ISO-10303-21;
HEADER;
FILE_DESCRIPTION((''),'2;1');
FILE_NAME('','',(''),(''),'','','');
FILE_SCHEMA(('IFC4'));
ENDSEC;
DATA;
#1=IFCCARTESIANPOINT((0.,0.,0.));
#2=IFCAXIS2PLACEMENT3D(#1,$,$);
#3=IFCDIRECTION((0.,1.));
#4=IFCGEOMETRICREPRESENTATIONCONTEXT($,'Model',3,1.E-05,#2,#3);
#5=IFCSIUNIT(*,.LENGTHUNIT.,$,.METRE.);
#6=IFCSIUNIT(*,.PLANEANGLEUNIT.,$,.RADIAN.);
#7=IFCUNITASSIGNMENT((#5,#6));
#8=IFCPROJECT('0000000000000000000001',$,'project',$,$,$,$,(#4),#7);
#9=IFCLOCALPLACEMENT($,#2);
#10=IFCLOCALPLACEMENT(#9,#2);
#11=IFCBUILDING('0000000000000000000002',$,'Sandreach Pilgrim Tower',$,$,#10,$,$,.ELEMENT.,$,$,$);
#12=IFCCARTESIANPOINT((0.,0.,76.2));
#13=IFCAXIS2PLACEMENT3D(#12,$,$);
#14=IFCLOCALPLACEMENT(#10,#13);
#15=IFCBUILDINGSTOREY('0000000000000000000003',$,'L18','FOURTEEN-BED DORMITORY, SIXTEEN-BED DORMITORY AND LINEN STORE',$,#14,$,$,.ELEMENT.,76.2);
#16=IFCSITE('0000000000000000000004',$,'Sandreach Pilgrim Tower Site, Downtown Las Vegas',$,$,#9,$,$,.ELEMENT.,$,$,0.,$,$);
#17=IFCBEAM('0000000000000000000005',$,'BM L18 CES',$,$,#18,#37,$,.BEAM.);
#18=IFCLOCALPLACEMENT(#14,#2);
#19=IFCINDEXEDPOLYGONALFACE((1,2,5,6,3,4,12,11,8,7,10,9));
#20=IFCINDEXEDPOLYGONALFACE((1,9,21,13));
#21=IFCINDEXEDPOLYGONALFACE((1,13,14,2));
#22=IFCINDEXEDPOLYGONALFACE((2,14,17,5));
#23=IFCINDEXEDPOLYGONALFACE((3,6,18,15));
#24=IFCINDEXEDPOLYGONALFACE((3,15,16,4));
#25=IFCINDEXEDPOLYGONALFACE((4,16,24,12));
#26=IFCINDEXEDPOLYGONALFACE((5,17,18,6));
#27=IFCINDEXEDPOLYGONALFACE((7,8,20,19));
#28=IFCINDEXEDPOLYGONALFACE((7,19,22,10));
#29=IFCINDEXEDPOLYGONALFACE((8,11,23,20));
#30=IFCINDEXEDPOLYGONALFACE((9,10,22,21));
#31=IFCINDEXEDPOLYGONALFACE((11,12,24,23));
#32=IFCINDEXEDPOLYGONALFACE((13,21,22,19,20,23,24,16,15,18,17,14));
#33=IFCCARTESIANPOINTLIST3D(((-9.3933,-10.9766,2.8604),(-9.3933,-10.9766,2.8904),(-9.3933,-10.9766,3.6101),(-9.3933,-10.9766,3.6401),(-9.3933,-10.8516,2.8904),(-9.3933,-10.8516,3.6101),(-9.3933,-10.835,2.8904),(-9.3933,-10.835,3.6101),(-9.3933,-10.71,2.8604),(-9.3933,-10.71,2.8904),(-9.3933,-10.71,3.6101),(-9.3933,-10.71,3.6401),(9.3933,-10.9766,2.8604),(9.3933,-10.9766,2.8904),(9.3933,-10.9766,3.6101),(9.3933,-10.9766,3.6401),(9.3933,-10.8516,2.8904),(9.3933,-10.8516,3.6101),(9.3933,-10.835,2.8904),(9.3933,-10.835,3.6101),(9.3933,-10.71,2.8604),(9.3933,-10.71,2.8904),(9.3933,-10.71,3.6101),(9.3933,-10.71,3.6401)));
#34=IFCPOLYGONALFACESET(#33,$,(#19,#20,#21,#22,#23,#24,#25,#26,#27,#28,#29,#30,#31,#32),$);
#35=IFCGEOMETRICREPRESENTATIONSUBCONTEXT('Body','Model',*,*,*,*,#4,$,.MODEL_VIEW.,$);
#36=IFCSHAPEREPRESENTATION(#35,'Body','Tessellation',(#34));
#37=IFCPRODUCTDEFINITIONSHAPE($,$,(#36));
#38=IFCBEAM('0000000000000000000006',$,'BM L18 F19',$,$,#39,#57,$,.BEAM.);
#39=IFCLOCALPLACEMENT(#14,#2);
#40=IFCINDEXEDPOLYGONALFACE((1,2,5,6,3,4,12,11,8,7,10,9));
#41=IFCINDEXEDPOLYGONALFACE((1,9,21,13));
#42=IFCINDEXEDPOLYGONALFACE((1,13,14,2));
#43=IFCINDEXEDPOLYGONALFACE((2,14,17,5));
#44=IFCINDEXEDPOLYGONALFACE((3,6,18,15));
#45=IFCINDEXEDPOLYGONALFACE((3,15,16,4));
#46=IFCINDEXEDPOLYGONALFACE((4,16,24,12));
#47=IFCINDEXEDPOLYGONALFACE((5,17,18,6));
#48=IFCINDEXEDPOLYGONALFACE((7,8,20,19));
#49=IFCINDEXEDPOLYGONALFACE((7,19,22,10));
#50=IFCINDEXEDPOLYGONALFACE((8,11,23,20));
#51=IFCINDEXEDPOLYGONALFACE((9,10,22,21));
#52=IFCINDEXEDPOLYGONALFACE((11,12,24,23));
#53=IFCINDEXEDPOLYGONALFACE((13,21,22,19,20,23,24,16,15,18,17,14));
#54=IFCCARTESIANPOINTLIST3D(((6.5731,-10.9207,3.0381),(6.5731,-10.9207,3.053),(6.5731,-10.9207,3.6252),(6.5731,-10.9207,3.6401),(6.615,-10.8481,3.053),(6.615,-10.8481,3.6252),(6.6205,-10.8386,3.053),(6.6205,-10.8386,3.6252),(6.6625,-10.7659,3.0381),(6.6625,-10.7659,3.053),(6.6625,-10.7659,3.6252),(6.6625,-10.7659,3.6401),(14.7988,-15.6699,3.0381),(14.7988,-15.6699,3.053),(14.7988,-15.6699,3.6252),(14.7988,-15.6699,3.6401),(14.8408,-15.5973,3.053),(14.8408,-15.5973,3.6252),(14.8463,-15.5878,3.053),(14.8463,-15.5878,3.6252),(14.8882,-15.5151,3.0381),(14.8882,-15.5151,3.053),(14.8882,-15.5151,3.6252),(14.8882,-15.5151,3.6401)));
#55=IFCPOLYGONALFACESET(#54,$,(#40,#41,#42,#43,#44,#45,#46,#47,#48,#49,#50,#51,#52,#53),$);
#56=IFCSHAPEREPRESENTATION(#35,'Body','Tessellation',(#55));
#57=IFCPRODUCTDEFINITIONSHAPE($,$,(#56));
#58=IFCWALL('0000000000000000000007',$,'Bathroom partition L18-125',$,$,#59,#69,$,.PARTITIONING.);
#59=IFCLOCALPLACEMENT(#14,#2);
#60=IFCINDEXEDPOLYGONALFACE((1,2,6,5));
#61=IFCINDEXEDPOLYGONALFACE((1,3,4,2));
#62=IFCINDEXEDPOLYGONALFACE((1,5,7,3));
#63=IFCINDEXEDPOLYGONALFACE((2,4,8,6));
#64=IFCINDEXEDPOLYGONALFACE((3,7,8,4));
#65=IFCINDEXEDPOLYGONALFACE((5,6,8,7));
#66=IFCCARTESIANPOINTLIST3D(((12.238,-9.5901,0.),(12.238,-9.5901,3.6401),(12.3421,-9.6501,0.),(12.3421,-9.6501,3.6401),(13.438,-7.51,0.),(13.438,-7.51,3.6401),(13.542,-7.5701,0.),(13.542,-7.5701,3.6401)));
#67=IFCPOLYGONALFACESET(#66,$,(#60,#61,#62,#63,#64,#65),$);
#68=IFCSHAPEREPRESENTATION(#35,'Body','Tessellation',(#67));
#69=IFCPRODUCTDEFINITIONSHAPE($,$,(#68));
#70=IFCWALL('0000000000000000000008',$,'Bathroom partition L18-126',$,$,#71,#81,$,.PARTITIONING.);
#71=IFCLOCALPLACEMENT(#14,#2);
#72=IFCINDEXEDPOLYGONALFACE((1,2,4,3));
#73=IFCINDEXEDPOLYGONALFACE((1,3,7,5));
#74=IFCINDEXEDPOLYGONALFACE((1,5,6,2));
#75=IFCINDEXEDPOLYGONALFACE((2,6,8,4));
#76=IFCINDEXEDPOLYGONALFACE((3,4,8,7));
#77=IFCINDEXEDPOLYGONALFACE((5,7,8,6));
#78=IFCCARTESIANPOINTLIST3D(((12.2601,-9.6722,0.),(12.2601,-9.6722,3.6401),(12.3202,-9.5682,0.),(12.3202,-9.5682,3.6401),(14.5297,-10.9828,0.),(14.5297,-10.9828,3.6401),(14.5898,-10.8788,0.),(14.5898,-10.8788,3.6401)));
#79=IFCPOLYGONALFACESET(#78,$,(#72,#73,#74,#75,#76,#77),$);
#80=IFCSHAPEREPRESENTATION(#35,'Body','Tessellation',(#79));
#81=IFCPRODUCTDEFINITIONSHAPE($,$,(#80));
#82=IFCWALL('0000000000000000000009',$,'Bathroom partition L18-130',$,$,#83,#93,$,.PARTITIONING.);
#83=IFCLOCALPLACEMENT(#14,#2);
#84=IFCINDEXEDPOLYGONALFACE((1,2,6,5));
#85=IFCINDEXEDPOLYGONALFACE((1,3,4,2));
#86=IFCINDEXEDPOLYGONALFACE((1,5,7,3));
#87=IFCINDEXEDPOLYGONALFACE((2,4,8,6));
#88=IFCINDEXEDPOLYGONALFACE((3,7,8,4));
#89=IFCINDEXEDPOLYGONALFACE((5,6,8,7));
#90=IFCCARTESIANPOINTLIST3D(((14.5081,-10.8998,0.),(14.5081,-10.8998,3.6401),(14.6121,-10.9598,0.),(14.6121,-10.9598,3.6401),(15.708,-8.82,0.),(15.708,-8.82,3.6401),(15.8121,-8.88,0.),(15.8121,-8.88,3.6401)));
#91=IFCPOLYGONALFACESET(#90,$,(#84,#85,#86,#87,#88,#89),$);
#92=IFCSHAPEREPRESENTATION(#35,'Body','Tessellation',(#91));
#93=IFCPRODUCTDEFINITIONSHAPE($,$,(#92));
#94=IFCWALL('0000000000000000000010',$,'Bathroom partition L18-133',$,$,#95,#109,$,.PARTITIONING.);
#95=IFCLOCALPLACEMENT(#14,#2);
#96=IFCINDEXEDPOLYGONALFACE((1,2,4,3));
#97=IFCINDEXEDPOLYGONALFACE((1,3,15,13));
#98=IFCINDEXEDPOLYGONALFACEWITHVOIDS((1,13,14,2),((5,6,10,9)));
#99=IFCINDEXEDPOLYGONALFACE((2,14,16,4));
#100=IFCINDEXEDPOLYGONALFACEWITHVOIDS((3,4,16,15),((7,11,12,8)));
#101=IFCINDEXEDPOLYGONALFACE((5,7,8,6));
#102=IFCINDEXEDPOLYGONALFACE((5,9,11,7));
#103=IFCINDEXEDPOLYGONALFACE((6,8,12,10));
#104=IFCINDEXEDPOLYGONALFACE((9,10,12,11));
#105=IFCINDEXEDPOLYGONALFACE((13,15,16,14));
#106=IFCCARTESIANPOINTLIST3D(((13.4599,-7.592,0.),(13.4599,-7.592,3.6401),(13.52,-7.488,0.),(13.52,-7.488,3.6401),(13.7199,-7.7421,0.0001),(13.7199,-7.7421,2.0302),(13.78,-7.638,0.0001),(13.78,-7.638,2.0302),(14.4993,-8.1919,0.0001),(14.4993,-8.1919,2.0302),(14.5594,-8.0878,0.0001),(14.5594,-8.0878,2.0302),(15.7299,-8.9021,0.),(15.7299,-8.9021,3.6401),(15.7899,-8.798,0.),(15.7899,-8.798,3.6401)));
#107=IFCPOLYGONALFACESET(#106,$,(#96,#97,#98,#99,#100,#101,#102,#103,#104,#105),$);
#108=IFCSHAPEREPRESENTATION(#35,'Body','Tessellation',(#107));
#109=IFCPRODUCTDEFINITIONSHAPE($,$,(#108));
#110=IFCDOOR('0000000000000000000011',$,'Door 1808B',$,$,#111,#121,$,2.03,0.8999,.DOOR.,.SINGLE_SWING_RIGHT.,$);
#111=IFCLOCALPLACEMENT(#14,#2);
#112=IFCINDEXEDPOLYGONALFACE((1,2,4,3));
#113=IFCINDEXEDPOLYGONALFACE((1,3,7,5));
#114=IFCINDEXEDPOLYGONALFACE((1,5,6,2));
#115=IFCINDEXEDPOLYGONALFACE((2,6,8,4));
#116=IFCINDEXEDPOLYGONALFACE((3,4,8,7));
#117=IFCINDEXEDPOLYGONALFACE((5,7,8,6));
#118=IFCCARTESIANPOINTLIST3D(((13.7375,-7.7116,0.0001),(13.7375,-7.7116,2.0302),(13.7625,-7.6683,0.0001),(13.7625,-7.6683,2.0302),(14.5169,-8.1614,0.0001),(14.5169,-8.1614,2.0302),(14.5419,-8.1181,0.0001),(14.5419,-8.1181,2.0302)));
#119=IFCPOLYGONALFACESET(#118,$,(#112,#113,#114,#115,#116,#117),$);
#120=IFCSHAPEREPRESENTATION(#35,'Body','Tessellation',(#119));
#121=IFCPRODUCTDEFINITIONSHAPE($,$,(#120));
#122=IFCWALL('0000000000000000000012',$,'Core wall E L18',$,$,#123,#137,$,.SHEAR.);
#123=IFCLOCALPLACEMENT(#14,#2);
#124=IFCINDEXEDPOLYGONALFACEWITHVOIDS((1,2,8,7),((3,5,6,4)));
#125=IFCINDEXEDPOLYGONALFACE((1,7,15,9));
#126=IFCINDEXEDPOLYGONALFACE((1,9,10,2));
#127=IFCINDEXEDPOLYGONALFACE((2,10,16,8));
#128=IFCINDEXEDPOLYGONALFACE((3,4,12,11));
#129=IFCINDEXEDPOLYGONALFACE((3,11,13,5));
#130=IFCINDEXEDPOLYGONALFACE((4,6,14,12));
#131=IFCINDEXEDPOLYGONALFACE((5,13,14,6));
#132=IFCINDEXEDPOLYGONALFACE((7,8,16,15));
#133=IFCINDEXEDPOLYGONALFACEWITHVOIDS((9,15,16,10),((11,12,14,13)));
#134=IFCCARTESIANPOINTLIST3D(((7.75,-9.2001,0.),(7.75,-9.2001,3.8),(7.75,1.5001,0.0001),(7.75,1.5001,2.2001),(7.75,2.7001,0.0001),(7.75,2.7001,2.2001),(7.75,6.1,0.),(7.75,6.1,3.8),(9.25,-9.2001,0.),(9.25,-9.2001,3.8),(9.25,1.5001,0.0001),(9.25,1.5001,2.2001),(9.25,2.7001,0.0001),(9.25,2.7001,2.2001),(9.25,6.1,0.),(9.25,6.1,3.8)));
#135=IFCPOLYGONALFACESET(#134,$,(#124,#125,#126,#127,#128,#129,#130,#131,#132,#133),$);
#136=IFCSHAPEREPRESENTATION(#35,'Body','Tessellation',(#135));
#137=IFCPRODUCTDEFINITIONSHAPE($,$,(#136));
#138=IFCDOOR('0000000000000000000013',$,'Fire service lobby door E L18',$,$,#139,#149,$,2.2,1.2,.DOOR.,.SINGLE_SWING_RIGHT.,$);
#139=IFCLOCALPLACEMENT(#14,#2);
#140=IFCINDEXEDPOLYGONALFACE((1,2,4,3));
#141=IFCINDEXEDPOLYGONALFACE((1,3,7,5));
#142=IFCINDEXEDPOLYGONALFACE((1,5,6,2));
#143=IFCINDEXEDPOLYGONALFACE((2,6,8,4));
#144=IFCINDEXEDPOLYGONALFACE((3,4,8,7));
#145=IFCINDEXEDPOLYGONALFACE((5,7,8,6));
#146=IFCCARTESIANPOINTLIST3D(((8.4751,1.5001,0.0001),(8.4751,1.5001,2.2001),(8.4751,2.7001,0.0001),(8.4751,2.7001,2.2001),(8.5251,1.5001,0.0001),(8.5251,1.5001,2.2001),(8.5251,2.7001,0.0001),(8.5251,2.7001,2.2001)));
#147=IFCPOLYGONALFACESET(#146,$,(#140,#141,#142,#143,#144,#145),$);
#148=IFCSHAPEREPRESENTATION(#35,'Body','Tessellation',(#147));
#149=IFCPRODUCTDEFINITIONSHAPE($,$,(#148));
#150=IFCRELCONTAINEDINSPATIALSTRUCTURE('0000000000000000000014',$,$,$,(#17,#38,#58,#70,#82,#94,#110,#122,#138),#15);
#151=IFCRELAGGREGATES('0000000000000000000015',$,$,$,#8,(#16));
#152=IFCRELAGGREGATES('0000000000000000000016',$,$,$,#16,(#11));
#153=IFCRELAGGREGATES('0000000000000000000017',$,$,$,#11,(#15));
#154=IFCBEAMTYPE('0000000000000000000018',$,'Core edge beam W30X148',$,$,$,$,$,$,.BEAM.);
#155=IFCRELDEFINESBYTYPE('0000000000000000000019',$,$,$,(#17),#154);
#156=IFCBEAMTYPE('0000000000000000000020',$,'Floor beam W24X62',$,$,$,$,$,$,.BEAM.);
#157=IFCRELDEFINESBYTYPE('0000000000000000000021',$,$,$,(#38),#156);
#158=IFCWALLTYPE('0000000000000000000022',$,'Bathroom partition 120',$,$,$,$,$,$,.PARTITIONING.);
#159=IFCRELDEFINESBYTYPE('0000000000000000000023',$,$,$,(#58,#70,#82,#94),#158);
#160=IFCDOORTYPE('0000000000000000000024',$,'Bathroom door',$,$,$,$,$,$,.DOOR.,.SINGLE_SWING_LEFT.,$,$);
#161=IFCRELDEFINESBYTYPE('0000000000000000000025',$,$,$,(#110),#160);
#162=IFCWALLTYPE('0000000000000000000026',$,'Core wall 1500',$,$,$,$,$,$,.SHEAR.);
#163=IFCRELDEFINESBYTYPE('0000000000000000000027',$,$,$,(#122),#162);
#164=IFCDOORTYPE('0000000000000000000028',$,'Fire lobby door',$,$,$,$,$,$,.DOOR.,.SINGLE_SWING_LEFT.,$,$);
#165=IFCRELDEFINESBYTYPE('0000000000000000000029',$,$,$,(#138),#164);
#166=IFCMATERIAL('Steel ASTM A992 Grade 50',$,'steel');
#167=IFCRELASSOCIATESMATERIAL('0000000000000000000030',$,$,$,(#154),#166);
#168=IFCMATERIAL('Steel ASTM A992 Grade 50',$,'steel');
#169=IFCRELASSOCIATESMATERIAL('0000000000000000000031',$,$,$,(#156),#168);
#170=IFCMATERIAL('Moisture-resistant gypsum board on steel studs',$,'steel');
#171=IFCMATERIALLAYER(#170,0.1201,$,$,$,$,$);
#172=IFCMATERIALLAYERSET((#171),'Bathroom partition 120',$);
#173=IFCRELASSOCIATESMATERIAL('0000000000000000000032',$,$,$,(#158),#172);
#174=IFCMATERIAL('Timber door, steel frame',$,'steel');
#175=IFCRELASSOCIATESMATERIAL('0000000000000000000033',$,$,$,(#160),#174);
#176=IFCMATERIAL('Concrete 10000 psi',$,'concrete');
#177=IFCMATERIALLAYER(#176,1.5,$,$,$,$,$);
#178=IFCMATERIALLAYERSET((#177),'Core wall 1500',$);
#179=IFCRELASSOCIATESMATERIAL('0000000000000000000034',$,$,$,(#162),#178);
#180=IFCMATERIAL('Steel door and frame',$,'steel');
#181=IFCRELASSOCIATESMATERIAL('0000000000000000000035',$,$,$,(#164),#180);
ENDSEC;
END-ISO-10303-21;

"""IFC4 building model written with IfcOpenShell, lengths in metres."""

from ifc_helpers import new_model, si_unit, direction, frame, frame_2d, origin, origin_2d, place, context, subcontext, project, spatial, rectangle, i_section, extrude, material, layer, layer_set, material_profile, profile_set, type_object, element, fill, save


model = new_model("IFC4")

# Units and contexts
model_context = context("Model", 3, precision=1e-05, world=origin(), true_north=direction((0.0, 1.0)))
body_context = subcontext(model_context, "Body", "Model", "MODEL_VIEW")
ifc_project = project(units=[si_unit("LENGTHUNIT", "METRE"), si_unit("PLANEANGLEUNIT", "RADIAN")], contexts=[model_context])

# Site, building, storey
site_placement = place(None, origin())
site = spatial("IfcSite", under=ifc_project, at=site_placement, Name="Sandreach Pilgrim Tower Site, Downtown Las Vegas", CompositionType="ELEMENT", RefElevation=0.0)
building_placement = place(site_placement, origin())
building = spatial("IfcBuilding", under=site, at=building_placement, Name="Sandreach Pilgrim Tower", CompositionType="ELEMENT")
storey_placement = place(building_placement, frame((0.0, 0.0, 76.2)))
storey = spatial("IfcBuildingStorey", under=building, at=storey_placement, Name="L18", Description="FOURTEEN-BED DORMITORY, SIXTEEN-BED DORMITORY AND LINEN STORE", CompositionType="ELEMENT", Elevation=76.2)

# Beams
ifc_material_1 = material(Name="Steel ASTM A992 Grade 50", Category="steel")
ifc_material_profile_1 = material_profile(ifc_material_1, i_section(OverallWidth=0.2666, OverallDepth=0.7798, WebThickness=0.0166, FlangeThickness=0.03, at=origin_2d()), Name="W30X148")
ifc_profile_set_1 = profile_set([ifc_material_profile_1], Name="Steel ASTM A992 Grade 50")
beam_type_1 = type_object("IfcBeamType", Name="Core edge beam W30X148", PredefinedType="BEAM", material=ifc_profile_set_1)
beam_1_placement = place(storey_placement, frame((9.3933, -10.8433, 3.2502), z_axis=(-1.0, 0.0, 0.0), x_axis=(0.0, -1.0, 0.0)))
element("IfcBeam", 1, at=beam_1_placement, inside=storey, type_object=beam_type_1, Name="BM L18 CES", PredefinedType="BEAM", context=body_context, shape_type="SweptSolid", body=[
    extrude(i_section(OverallWidth=0.2666, OverallDepth=0.7798, WebThickness=0.0166, FlangeThickness=0.03, at=origin_2d()), origin(), (0.0, 0.0, 1.0), 18.7866),
])
ifc_material_2 = material(Name="Steel ASTM A992 Grade 50", Category="steel")
ifc_material_profile_2 = material_profile(ifc_material_2, i_section(OverallWidth=0.1787, OverallDepth=0.6021, WebThickness=0.011, FlangeThickness=0.0149, at=origin_2d()), Name="W24X62")
ifc_profile_set_2 = profile_set([ifc_material_profile_2], Name="Steel ASTM A992 Grade 50")
beam_type_2 = type_object("IfcBeamType", Name="Floor beam W24X62", PredefinedType="BEAM", material=ifc_profile_set_2)
beam_2_placement = place(storey_placement, frame((14.8435, -15.5925, 3.3391), z_axis=(-0.866022, 0.500007, 0.0), x_axis=(-0.500007, -0.866022, 0.0)))
element("IfcBeam", 2, at=beam_2_placement, inside=storey, type_object=beam_type_2, Name="BM L18 F19", PredefinedType="BEAM", context=body_context, shape_type="SweptSolid", body=[
    extrude(i_section(OverallWidth=0.1787, OverallDepth=0.6021, WebThickness=0.011, FlangeThickness=0.0149, at=origin_2d()), origin(), (0.0, 0.0, 1.0), 9.4983),
])

# Walls
ifc_material_3 = material(Name="Moisture-resistant gypsum board on steel studs", Category="steel")
ifc_layer_1 = layer(ifc_material_3, 0.1201)
ifc_layer_set_1 = layer_set([ifc_layer_1], Name="Bathroom partition 120")
wall_type_1 = type_object("IfcWallType", Name="Bathroom partition 120", PredefinedType="PARTITIONING", material=ifc_layer_set_1)
wall_1_placement = place(storey_placement, frame((12.29, -9.6201, 0.0), z_axis=(0.0, 0.0, 1.0), x_axis=(0.499693, 0.866203, 0.0)))
element("IfcWall", 3, at=wall_1_placement, inside=storey, type_object=wall_type_1, Name="Bathroom partition L18-125", PredefinedType="PARTITIONING", context=body_context, shape_type="SweptSolid", body=[
    extrude(rectangle(XDim=2.4014, YDim=0.1201, at=frame_2d((1.2007, 0.0))), origin(), (0.0, 0.0, 1.0), 3.6401),
])
wall_2_placement = place(storey_placement, frame((12.29, -9.6201, 0.0), z_axis=(0.0, 0.0, 1.0), x_axis=(0.865987, -0.500067, 0.0)))
element("IfcWall", 4, at=wall_2_placement, inside=storey, type_object=wall_type_1, Name="Bathroom partition L18-126", PredefinedType="PARTITIONING", context=body_context, shape_type="SweptSolid", body=[
    extrude(rectangle(XDim=2.6208, YDim=0.1201, at=frame_2d((1.3105, 0.0))), origin(), (0.0, 0.0, 1.0), 3.6401),
])
wall_3_placement = place(storey_placement, frame((14.5601, -10.9299, 0.0), z_axis=(0.0, 0.0, 1.0), x_axis=(0.499737, 0.866177, 0.0)))
element("IfcWall", 5, at=wall_3_placement, inside=storey, type_object=wall_type_1, Name="Bathroom partition L18-130", PredefinedType="PARTITIONING", context=body_context, shape_type="SweptSolid", body=[
    extrude(rectangle(XDim=2.4011, YDim=0.1201, at=frame_2d((1.2007, 0.0))), origin(), (0.0, 0.0, 1.0), 3.6401),
])

# Walls, openings, doors
wall_4_placement = place(storey_placement, frame((15.76, -8.8501, 0.0), z_axis=(0.0, 0.0, 1.0), x_axis=(-0.866114, 0.499846, 0.0)))
wall_4 = element("IfcWall", 6, at=wall_4_placement, inside=storey, type_object=wall_type_1, Name="Bathroom partition L18-133", PredefinedType="PARTITIONING", context=body_context, shape_type="SweptSolid", body=[
    extrude(rectangle(XDim=2.6208, YDim=0.1201, at=frame_2d((1.3105, 0.0))), origin(), (0.0, 0.0, 1.0), 3.6401),
])
opening_1_placement = place(wall_4_placement, frame((1.4209, 0.0, 0.0)))
opening_1 = element("IfcOpeningElement", 7, at=opening_1_placement, cuts=wall_4, PredefinedType="OPENING", context=body_context, shape_type="SweptSolid", body=[
    extrude(rectangle(XDim=0.8999, YDim=2.03, at=frame_2d((0.45, 1.0151))), frame((0.0, 0.0601, 0.0), z_axis=(0.0, -1.0, 0.0), x_axis=(1.0, 0.0, 0.0)), (0.0, 0.0, 1.0), 0.1201),
])
ifc_material_4 = material(Name="Timber door, steel frame", Category="steel")
door_type_1 = type_object("IfcDoorType", Name="Bathroom door", OperationType="SINGLE_SWING_LEFT", PredefinedType="DOOR", material=ifc_material_4)
door_1_placement = place(opening_1_placement, origin())
door_1 = element("IfcDoor", 8, at=door_1_placement, inside=storey, type_object=door_type_1, Name="Door 1808B", OperationType="SINGLE_SWING_RIGHT", OverallHeight=2.03, OverallWidth=0.8999, PredefinedType="DOOR", context=body_context, shape_type="SweptSolid", body=[
    extrude(rectangle(XDim=0.8999, YDim=2.03, at=frame_2d((0.45, 1.0151))), frame((0.0, 0.0249, 0.0), z_axis=(0.0, -1.0, 0.0), x_axis=(1.0, 0.0, 0.0)), (0.0, 0.0, 1.0), 0.05),
])
fill(opening_1, door_1)
ifc_material_5 = material(Name="Concrete 10000 psi", Category="concrete")
ifc_layer_2 = layer(ifc_material_5, 1.5)
ifc_layer_set_2 = layer_set([ifc_layer_2], Name="Core wall 1500")
wall_type_2 = type_object("IfcWallType", Name="Core wall 1500", PredefinedType="SHEAR", material=ifc_layer_set_2)
wall_5_placement = place(storey_placement, frame((8.5, -9.2, 0.0), z_axis=(0.0, 0.0, 1.0), x_axis=(0.0, 1.0, 0.0)))
wall_5 = element("IfcWall", 9, at=wall_5_placement, inside=storey, type_object=wall_type_2, Name="Core wall E L18", PredefinedType="SHEAR", context=body_context, shape_type="SweptSolid", body=[
    extrude(rectangle(XDim=15.3, YDim=1.5, at=frame_2d((7.6499, 0.0))), origin(), (0.0, 0.0, 1.0), 3.8),
])
opening_2_placement = place(wall_5_placement, frame((10.7, 0.0, 0.0)))
opening_2 = element("IfcOpeningElement", 10, at=opening_2_placement, cuts=wall_5, PredefinedType="OPENING", context=body_context, shape_type="SweptSolid", body=[
    extrude(rectangle(XDim=1.2, YDim=2.2, at=frame_2d((0.6001, 1.1001))), frame((0.0, 0.75, 0.0), z_axis=(0.0, -1.0, 0.0), x_axis=(1.0, 0.0, 0.0)), (0.0, 0.0, 1.0), 1.5),
])
ifc_material_6 = material(Name="Steel door and frame", Category="steel")
door_type_2 = type_object("IfcDoorType", Name="Fire lobby door", OperationType="SINGLE_SWING_LEFT", PredefinedType="DOOR", material=ifc_material_6)
door_2_placement = place(opening_2_placement, origin())
door_2 = element("IfcDoor", 11, at=door_2_placement, inside=storey, type_object=door_type_2, Name="Fire service lobby door E L18", OperationType="SINGLE_SWING_RIGHT", OverallHeight=2.2, OverallWidth=1.2, PredefinedType="DOOR", context=body_context, shape_type="SweptSolid", body=[
    extrude(rectangle(XDim=1.2, YDim=2.2, at=frame_2d((0.6001, 1.1001))), frame((0.0, 0.0249, 0.0), z_axis=(0.0, -1.0, 0.0), x_axis=(1.0, 0.0, 0.0)), (0.0, 0.0, 1.0), 0.05),
])
fill(opening_2, door_2)

save(model, "model.ifc")
